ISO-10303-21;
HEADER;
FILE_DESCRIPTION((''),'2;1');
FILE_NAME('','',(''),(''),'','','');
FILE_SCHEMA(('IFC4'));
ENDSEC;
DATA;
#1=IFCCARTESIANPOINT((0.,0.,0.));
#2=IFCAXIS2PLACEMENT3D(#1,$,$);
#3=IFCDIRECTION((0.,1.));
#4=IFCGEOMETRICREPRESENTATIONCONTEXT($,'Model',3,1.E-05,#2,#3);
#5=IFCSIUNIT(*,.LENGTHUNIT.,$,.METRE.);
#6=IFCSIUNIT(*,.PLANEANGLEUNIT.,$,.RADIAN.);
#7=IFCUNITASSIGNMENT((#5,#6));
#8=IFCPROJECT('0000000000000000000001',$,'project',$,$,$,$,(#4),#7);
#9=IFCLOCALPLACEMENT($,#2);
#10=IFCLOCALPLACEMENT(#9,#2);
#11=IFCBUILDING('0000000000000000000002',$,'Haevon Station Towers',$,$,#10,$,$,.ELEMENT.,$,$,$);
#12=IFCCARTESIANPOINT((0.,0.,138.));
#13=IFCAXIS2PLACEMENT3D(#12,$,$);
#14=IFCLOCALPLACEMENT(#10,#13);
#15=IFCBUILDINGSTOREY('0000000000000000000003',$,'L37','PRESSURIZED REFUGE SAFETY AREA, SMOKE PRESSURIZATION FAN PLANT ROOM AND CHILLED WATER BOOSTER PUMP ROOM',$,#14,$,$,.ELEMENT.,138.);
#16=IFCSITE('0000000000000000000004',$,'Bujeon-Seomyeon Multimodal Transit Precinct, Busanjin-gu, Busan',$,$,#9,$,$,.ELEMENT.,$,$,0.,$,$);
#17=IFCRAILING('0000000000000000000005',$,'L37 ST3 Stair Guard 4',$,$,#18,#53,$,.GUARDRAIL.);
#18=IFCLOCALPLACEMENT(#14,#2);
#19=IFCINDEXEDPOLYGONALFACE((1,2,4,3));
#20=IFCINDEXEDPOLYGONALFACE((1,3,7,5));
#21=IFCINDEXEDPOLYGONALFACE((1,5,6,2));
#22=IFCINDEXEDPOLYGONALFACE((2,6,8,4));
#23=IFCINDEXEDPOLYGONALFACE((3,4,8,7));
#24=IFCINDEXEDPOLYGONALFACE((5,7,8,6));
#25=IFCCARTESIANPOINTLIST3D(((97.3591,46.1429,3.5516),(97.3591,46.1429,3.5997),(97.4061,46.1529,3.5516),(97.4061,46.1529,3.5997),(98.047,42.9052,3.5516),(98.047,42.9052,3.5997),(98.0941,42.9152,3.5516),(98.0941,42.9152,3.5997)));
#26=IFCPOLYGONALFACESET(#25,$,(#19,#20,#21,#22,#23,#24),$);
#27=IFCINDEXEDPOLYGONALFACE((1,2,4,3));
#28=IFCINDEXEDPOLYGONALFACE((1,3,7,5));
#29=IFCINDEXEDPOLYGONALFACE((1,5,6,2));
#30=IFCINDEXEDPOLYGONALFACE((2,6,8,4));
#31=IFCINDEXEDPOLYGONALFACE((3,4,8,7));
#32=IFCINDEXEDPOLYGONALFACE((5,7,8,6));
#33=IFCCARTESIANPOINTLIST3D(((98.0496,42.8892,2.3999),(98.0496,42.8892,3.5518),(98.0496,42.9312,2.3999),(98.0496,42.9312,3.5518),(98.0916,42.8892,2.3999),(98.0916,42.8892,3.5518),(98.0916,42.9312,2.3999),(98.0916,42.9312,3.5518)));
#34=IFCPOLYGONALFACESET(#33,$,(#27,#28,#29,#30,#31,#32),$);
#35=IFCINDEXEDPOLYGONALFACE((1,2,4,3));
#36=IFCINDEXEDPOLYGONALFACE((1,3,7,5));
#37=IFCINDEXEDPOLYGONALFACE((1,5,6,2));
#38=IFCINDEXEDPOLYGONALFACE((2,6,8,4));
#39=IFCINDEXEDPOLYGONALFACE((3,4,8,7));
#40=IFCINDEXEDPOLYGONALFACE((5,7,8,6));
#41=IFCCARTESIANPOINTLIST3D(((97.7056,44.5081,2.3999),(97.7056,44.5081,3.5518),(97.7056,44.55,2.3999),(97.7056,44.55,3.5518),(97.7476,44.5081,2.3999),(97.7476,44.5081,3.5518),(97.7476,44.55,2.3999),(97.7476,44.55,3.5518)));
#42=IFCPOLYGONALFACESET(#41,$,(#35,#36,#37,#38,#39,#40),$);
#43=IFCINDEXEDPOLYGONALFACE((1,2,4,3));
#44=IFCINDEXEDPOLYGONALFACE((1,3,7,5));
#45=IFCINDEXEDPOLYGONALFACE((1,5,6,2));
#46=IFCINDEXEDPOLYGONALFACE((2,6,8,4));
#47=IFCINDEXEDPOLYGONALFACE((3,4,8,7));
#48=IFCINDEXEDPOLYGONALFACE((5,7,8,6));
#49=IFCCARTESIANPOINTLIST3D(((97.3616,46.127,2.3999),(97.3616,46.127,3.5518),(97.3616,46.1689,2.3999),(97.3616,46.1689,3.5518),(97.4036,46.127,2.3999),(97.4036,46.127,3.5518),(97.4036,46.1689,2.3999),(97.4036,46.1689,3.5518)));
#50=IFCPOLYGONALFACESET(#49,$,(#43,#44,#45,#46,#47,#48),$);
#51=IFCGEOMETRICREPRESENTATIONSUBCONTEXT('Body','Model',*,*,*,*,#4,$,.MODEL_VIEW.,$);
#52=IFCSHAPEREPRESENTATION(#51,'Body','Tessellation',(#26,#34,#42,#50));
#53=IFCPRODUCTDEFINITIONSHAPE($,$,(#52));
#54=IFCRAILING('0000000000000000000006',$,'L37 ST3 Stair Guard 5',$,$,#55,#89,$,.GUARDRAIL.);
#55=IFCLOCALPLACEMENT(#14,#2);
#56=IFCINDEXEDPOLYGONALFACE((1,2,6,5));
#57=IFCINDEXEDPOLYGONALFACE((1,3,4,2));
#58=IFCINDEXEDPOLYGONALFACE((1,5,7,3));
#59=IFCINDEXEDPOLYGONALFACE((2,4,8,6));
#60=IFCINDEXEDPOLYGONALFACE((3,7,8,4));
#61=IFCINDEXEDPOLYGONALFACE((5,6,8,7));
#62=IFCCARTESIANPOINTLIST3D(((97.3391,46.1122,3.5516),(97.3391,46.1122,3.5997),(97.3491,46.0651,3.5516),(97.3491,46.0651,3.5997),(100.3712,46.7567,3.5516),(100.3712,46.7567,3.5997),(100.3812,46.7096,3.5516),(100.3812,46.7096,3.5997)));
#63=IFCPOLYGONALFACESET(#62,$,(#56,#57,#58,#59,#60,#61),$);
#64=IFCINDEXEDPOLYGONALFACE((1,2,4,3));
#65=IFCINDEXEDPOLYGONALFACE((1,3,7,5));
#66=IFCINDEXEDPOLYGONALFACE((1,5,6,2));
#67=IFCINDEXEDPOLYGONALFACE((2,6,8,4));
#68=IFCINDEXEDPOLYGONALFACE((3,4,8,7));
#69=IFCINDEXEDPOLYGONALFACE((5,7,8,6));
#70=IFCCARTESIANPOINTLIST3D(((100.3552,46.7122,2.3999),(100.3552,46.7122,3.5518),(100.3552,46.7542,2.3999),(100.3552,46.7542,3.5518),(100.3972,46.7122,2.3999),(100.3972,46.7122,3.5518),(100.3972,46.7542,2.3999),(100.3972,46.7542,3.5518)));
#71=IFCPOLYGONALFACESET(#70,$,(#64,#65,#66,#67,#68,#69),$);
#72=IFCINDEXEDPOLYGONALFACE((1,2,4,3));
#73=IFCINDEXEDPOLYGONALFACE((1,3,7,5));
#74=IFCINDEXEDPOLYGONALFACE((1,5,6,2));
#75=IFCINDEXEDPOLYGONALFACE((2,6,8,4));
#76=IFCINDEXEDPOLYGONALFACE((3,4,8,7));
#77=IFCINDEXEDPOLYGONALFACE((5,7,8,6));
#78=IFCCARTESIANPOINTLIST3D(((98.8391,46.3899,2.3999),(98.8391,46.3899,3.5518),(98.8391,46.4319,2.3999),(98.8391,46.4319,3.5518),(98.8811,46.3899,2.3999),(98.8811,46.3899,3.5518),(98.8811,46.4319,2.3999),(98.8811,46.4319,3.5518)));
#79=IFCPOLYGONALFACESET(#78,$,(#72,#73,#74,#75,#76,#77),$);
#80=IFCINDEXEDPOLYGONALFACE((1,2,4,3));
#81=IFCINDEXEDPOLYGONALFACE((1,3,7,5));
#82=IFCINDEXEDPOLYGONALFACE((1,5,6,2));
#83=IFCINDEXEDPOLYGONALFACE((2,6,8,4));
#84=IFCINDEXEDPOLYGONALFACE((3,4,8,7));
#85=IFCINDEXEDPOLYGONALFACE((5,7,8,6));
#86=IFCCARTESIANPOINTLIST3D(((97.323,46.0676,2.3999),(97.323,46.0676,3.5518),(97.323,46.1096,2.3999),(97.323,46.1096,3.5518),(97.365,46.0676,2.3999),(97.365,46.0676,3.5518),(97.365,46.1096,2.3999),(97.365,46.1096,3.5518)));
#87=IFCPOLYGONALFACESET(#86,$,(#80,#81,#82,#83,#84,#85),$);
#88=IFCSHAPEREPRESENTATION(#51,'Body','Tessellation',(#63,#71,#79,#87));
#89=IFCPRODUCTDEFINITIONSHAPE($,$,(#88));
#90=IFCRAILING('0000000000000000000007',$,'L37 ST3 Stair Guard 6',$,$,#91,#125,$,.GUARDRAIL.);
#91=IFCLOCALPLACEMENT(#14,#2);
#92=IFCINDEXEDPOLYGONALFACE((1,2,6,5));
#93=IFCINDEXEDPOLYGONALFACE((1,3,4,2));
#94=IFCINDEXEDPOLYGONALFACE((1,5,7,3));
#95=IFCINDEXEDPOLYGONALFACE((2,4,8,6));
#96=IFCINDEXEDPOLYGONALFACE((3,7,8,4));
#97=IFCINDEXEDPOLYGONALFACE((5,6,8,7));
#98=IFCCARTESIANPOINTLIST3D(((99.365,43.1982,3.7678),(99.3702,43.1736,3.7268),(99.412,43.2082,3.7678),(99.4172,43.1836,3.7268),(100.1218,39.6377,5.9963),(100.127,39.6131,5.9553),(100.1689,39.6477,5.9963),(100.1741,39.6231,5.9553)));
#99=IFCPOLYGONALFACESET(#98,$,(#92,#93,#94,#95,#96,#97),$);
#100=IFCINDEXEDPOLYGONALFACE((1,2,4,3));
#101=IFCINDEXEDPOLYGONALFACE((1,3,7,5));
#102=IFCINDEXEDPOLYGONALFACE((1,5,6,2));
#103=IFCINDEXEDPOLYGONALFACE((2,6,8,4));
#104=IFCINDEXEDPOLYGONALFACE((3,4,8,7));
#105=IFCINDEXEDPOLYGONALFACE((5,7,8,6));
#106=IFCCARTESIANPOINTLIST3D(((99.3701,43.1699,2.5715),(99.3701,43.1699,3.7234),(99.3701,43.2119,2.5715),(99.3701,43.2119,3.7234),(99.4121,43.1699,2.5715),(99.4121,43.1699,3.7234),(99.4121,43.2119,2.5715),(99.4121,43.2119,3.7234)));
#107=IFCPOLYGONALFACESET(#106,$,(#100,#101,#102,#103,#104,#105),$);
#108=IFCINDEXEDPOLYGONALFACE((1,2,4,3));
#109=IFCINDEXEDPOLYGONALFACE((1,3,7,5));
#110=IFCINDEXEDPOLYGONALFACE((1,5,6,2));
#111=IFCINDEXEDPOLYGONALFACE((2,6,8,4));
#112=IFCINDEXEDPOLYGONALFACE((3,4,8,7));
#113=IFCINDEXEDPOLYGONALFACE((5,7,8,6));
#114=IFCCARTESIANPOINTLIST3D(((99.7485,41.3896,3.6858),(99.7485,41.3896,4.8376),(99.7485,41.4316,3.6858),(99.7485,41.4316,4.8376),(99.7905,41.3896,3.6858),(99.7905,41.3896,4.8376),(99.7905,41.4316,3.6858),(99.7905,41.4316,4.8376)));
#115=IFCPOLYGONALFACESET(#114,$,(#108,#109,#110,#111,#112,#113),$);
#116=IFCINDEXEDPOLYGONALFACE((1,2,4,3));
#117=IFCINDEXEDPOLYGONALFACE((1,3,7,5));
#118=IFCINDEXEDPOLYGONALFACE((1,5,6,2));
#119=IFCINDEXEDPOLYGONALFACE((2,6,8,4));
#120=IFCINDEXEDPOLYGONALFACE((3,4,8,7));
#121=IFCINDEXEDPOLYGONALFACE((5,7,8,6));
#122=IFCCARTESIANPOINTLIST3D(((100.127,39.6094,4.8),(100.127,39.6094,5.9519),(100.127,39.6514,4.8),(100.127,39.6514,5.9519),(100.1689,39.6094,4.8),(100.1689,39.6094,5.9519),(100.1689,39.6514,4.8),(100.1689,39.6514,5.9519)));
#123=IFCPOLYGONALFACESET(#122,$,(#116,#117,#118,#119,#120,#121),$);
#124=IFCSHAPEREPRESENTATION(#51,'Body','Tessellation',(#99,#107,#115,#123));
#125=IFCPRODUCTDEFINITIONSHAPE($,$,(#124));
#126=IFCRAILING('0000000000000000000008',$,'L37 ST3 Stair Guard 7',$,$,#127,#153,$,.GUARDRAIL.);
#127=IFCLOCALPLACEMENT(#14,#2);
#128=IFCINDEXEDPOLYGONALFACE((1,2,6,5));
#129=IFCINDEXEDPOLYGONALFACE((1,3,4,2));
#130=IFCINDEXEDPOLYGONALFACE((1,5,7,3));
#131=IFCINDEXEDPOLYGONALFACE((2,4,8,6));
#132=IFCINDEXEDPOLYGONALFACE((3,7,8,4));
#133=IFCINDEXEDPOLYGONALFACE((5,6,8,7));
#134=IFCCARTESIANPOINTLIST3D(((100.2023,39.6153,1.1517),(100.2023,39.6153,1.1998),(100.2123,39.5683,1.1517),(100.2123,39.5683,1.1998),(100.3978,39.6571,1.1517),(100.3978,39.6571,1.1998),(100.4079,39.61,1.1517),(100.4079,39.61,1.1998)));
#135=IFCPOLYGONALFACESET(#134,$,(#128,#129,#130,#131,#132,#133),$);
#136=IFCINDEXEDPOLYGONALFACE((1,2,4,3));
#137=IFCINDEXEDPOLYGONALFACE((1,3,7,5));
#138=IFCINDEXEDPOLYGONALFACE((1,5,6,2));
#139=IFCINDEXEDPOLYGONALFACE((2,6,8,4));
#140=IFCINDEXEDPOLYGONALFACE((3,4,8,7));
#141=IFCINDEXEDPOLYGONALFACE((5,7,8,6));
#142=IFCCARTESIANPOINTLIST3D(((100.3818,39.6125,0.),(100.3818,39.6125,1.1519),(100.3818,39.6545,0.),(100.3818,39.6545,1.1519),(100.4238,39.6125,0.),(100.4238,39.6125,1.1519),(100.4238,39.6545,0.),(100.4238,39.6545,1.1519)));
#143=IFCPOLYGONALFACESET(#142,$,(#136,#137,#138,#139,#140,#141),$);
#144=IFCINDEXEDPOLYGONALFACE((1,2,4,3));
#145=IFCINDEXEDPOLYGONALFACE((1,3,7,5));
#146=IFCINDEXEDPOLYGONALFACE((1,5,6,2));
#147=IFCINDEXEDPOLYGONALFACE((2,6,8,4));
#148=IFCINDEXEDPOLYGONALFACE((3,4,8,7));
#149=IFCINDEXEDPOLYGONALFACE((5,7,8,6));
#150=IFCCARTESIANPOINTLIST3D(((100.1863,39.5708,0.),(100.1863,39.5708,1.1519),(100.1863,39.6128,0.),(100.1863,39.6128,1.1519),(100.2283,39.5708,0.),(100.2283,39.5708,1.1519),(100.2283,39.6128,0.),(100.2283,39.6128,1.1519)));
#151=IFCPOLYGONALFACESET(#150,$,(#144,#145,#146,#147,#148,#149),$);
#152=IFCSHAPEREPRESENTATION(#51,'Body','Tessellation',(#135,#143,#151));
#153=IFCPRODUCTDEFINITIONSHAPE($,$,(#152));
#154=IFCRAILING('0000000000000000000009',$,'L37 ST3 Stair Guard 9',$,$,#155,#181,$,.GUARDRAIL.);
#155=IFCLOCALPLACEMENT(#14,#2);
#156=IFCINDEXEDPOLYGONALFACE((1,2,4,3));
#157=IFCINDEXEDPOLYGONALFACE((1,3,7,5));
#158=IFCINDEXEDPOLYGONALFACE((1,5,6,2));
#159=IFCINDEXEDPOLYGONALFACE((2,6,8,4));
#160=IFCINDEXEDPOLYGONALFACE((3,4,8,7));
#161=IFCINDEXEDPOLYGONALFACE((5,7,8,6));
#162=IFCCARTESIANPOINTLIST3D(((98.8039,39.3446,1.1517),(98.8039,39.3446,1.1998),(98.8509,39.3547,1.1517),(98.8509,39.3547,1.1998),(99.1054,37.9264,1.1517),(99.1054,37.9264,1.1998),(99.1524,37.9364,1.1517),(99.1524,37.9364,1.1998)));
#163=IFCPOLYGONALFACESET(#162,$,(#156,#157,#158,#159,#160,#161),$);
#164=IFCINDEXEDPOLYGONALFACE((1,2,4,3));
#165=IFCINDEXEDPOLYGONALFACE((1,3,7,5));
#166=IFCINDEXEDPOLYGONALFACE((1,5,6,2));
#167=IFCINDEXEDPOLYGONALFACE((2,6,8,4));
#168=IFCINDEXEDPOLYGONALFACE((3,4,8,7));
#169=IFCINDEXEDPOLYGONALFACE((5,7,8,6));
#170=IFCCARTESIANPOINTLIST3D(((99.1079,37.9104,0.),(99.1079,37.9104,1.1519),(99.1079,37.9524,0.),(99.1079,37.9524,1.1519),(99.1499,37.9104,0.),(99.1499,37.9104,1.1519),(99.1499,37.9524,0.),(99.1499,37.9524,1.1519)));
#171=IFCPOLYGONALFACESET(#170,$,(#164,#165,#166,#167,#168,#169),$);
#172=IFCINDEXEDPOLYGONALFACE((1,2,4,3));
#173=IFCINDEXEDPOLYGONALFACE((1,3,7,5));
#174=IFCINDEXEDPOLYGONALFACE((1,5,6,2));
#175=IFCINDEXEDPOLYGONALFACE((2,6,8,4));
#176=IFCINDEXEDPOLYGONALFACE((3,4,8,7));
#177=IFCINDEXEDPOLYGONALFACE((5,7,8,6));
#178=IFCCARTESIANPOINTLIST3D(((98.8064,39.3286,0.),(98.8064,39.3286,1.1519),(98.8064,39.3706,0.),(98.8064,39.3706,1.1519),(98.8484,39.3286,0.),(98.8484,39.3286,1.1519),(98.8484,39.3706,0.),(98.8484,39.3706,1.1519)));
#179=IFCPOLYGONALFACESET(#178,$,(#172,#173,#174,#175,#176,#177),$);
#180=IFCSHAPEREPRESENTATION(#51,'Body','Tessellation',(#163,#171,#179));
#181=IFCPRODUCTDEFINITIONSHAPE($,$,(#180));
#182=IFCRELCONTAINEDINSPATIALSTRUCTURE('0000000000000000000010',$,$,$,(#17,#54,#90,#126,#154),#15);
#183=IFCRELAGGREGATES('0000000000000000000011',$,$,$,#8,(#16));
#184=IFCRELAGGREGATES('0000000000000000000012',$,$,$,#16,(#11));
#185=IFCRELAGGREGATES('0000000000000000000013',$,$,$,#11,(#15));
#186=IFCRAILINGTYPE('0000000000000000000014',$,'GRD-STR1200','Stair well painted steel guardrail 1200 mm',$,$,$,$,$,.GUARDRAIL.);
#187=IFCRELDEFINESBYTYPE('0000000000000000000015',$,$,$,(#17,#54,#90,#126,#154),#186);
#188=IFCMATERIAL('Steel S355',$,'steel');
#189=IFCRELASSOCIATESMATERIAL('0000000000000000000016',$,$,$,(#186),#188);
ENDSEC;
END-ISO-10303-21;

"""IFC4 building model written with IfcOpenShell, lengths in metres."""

from ifc_helpers import new_model, si_unit, direction, frame, origin, origin_2d, place, context, subcontext, project, spatial, rectangle, extrude, material, type_object, element, save


model = new_model("IFC4")

# Units and contexts
model_context = context("Model", 3, precision=1e-05, world=origin(), true_north=direction((0.0, 1.0)))
body_context = subcontext(model_context, "Body", "Model", "MODEL_VIEW")
ifc_project = project(units=[si_unit("LENGTHUNIT", "METRE"), si_unit("PLANEANGLEUNIT", "RADIAN")], contexts=[model_context])

# Site, building, storey
site_placement = place(None, origin())
site = spatial("IfcSite", under=ifc_project, at=site_placement, Name="Bujeon-Seomyeon Multimodal Transit Precinct, Busanjin-gu, Busan", CompositionType="ELEMENT", RefElevation=0.0)
building_placement = place(site_placement, origin())
building = spatial("IfcBuilding", under=site, at=building_placement, Name="Haevon Station Towers", CompositionType="ELEMENT")
storey_placement = place(building_placement, frame((0.0, 0.0, 138.0)))
storey = spatial("IfcBuildingStorey", under=building, at=storey_placement, Name="L37", Description="PRESSURIZED REFUGE SAFETY AREA, SMOKE PRESSURIZATION FAN PLANT ROOM AND CHILLED WATER BOOSTER PUMP ROOM", CompositionType="ELEMENT", Elevation=138.0)

# Shared definitions
ifc_material_1 = material(Name="Steel S355", Category="steel")

# Railings
railing_type_1 = type_object("IfcRailingType", Name="GRD-STR1200", Description="Stair well painted steel guardrail 1200 mm", PredefinedType="GUARDRAIL", material=ifc_material_1)
railing_1_placement = place(storey_placement, frame((98.0706, 42.9102, 2.3999)))
element("IfcRailing", 1, at=railing_1_placement, inside=storey, type_object=railing_type_1, Name="L37 ST3 Stair Guard 4", PredefinedType="GUARDRAIL", context=body_context, shape_type="SweptSolid", body=[
    extrude(rectangle(XDim=0.0481, YDim=0.0481, at=origin_2d()), frame((0.0, 0.0, 1.1758), z_axis=(-0.207846, 0.978161, 0.0), x_axis=(-0.978161, -0.207846, 0.0)), (0.0, 0.0, 1.0), 3.3101),
    extrude(rectangle(XDim=0.042, YDim=0.042, at=origin_2d()), origin(), (0.0, 0.0, 1.0), 1.1519),
    extrude(rectangle(XDim=0.042, YDim=0.042, at=origin_2d()), frame((-0.344, 1.6189, 0.0)), (0.0, 0.0, 1.0), 1.1519),
    extrude(rectangle(XDim=0.042, YDim=0.042, at=origin_2d()), frame((-0.688, 3.2378, 0.0)), (0.0, 0.0, 1.0), 1.1519),
])
railing_2_placement = place(storey_placement, frame((100.3762, 46.7332, 2.3999)))
element("IfcRailing", 2, at=railing_2_placement, inside=storey, type_object=railing_type_1, Name="L37 ST3 Stair Guard 5", PredefinedType="GUARDRAIL", context=body_context, shape_type="SweptSolid", body=[
    extrude(rectangle(XDim=0.0481, YDim=0.0481, at=origin_2d()), frame((0.0, 0.0, 1.1758), z_axis=(-0.978147, -0.207915, 0.0), x_axis=(0.207915, -0.978147, 0.0)), (0.0, 0.0, 1.0), 3.0999),
    extrude(rectangle(XDim=0.042, YDim=0.042, at=origin_2d()), origin(), (0.0, 0.0, 1.0), 1.1519),
    extrude(rectangle(XDim=0.042, YDim=0.042, at=origin_2d()), frame((-1.5161, -0.3223, 0.0)), (0.0, 0.0, 1.0), 1.1519),
    extrude(rectangle(XDim=0.042, YDim=0.042, at=origin_2d()), frame((-3.0322, -0.6445, 0.0)), (0.0, 0.0, 1.0), 1.1519),
])
railing_3_placement = place(storey_placement, frame((99.3911, 43.1909, 2.5715)))
element("IfcRailing", 3, at=railing_3_placement, inside=storey, type_object=railing_type_1, Name="L37 ST3 Stair Guard 6", PredefinedType="GUARDRAIL", context=body_context, shape_type="SweptSolid", body=[
    extrude(rectangle(XDim=0.0481, YDim=0.0481, at=origin_2d()), frame((0.0, 0.0, 1.1758), z_axis=(0.177324, -0.834225, 0.522134), x_axis=(0.978147, 0.207917, 0.0)), (0.0, 0.0, 1.0), 4.2681),
    extrude(rectangle(XDim=0.042, YDim=0.042, at=origin_2d()), origin(), (0.0, 0.0, 1.0), 1.1519),
    extrude(rectangle(XDim=0.042, YDim=0.042, at=origin_2d()), frame((0.3784, -1.7803, 1.1143)), (0.0, 0.0, 1.0), 1.1519),
    extrude(rectangle(XDim=0.042, YDim=0.042, at=origin_2d()), frame((0.7568, -3.5605, 2.2285)), (0.0, 0.0, 1.0), 1.1519),
])
railing_4_placement = place(storey_placement, frame((100.4028, 39.6335, 0.0)))
element("IfcRailing", 4, at=railing_4_placement, inside=storey, type_object=railing_type_1, Name="L37 ST3 Stair Guard 7", PredefinedType="GUARDRAIL", context=body_context, shape_type="SweptSolid", body=[
    extrude(rectangle(XDim=0.0481, YDim=0.0481, at=origin_2d()), frame((0.0, 0.0, 1.1758), z_axis=(-0.977963, -0.208779, 0.0), x_axis=(0.208779, -0.977963, 0.0)), (0.0, 0.0, 1.0), 0.2),
    extrude(rectangle(XDim=0.042, YDim=0.042, at=origin_2d()), origin(), (0.0, 0.0, 1.0), 1.1519),
    extrude(rectangle(XDim=0.042, YDim=0.042, at=origin_2d()), frame((-0.1956, -0.0417, 0.0)), (0.0, 0.0, 1.0), 1.1519),
])
railing_5_placement = place(storey_placement, frame((99.1289, 37.9314, 0.0)))
element("IfcRailing", 5, at=railing_5_placement, inside=storey, type_object=railing_type_1, Name="L37 ST3 Stair Guard 9", PredefinedType="GUARDRAIL", context=body_context, shape_type="SweptSolid", body=[
    extrude(rectangle(XDim=0.0481, YDim=0.0481, at=origin_2d()), frame((0.0, 0.0, 1.1758), z_axis=(-0.207953, 0.978139, 0.0), x_axis=(-0.978139, -0.207953, 0.0)), (0.0, 0.0, 1.0), 1.45),
    extrude(rectangle(XDim=0.042, YDim=0.042, at=origin_2d()), origin(), (0.0, 0.0, 1.0), 1.1519),
    extrude(rectangle(XDim=0.042, YDim=0.042, at=origin_2d()), frame((-0.3015, 1.4182, 0.0)), (0.0, 0.0, 1.0), 1.1519),
])

save(model, "model.ifc")
